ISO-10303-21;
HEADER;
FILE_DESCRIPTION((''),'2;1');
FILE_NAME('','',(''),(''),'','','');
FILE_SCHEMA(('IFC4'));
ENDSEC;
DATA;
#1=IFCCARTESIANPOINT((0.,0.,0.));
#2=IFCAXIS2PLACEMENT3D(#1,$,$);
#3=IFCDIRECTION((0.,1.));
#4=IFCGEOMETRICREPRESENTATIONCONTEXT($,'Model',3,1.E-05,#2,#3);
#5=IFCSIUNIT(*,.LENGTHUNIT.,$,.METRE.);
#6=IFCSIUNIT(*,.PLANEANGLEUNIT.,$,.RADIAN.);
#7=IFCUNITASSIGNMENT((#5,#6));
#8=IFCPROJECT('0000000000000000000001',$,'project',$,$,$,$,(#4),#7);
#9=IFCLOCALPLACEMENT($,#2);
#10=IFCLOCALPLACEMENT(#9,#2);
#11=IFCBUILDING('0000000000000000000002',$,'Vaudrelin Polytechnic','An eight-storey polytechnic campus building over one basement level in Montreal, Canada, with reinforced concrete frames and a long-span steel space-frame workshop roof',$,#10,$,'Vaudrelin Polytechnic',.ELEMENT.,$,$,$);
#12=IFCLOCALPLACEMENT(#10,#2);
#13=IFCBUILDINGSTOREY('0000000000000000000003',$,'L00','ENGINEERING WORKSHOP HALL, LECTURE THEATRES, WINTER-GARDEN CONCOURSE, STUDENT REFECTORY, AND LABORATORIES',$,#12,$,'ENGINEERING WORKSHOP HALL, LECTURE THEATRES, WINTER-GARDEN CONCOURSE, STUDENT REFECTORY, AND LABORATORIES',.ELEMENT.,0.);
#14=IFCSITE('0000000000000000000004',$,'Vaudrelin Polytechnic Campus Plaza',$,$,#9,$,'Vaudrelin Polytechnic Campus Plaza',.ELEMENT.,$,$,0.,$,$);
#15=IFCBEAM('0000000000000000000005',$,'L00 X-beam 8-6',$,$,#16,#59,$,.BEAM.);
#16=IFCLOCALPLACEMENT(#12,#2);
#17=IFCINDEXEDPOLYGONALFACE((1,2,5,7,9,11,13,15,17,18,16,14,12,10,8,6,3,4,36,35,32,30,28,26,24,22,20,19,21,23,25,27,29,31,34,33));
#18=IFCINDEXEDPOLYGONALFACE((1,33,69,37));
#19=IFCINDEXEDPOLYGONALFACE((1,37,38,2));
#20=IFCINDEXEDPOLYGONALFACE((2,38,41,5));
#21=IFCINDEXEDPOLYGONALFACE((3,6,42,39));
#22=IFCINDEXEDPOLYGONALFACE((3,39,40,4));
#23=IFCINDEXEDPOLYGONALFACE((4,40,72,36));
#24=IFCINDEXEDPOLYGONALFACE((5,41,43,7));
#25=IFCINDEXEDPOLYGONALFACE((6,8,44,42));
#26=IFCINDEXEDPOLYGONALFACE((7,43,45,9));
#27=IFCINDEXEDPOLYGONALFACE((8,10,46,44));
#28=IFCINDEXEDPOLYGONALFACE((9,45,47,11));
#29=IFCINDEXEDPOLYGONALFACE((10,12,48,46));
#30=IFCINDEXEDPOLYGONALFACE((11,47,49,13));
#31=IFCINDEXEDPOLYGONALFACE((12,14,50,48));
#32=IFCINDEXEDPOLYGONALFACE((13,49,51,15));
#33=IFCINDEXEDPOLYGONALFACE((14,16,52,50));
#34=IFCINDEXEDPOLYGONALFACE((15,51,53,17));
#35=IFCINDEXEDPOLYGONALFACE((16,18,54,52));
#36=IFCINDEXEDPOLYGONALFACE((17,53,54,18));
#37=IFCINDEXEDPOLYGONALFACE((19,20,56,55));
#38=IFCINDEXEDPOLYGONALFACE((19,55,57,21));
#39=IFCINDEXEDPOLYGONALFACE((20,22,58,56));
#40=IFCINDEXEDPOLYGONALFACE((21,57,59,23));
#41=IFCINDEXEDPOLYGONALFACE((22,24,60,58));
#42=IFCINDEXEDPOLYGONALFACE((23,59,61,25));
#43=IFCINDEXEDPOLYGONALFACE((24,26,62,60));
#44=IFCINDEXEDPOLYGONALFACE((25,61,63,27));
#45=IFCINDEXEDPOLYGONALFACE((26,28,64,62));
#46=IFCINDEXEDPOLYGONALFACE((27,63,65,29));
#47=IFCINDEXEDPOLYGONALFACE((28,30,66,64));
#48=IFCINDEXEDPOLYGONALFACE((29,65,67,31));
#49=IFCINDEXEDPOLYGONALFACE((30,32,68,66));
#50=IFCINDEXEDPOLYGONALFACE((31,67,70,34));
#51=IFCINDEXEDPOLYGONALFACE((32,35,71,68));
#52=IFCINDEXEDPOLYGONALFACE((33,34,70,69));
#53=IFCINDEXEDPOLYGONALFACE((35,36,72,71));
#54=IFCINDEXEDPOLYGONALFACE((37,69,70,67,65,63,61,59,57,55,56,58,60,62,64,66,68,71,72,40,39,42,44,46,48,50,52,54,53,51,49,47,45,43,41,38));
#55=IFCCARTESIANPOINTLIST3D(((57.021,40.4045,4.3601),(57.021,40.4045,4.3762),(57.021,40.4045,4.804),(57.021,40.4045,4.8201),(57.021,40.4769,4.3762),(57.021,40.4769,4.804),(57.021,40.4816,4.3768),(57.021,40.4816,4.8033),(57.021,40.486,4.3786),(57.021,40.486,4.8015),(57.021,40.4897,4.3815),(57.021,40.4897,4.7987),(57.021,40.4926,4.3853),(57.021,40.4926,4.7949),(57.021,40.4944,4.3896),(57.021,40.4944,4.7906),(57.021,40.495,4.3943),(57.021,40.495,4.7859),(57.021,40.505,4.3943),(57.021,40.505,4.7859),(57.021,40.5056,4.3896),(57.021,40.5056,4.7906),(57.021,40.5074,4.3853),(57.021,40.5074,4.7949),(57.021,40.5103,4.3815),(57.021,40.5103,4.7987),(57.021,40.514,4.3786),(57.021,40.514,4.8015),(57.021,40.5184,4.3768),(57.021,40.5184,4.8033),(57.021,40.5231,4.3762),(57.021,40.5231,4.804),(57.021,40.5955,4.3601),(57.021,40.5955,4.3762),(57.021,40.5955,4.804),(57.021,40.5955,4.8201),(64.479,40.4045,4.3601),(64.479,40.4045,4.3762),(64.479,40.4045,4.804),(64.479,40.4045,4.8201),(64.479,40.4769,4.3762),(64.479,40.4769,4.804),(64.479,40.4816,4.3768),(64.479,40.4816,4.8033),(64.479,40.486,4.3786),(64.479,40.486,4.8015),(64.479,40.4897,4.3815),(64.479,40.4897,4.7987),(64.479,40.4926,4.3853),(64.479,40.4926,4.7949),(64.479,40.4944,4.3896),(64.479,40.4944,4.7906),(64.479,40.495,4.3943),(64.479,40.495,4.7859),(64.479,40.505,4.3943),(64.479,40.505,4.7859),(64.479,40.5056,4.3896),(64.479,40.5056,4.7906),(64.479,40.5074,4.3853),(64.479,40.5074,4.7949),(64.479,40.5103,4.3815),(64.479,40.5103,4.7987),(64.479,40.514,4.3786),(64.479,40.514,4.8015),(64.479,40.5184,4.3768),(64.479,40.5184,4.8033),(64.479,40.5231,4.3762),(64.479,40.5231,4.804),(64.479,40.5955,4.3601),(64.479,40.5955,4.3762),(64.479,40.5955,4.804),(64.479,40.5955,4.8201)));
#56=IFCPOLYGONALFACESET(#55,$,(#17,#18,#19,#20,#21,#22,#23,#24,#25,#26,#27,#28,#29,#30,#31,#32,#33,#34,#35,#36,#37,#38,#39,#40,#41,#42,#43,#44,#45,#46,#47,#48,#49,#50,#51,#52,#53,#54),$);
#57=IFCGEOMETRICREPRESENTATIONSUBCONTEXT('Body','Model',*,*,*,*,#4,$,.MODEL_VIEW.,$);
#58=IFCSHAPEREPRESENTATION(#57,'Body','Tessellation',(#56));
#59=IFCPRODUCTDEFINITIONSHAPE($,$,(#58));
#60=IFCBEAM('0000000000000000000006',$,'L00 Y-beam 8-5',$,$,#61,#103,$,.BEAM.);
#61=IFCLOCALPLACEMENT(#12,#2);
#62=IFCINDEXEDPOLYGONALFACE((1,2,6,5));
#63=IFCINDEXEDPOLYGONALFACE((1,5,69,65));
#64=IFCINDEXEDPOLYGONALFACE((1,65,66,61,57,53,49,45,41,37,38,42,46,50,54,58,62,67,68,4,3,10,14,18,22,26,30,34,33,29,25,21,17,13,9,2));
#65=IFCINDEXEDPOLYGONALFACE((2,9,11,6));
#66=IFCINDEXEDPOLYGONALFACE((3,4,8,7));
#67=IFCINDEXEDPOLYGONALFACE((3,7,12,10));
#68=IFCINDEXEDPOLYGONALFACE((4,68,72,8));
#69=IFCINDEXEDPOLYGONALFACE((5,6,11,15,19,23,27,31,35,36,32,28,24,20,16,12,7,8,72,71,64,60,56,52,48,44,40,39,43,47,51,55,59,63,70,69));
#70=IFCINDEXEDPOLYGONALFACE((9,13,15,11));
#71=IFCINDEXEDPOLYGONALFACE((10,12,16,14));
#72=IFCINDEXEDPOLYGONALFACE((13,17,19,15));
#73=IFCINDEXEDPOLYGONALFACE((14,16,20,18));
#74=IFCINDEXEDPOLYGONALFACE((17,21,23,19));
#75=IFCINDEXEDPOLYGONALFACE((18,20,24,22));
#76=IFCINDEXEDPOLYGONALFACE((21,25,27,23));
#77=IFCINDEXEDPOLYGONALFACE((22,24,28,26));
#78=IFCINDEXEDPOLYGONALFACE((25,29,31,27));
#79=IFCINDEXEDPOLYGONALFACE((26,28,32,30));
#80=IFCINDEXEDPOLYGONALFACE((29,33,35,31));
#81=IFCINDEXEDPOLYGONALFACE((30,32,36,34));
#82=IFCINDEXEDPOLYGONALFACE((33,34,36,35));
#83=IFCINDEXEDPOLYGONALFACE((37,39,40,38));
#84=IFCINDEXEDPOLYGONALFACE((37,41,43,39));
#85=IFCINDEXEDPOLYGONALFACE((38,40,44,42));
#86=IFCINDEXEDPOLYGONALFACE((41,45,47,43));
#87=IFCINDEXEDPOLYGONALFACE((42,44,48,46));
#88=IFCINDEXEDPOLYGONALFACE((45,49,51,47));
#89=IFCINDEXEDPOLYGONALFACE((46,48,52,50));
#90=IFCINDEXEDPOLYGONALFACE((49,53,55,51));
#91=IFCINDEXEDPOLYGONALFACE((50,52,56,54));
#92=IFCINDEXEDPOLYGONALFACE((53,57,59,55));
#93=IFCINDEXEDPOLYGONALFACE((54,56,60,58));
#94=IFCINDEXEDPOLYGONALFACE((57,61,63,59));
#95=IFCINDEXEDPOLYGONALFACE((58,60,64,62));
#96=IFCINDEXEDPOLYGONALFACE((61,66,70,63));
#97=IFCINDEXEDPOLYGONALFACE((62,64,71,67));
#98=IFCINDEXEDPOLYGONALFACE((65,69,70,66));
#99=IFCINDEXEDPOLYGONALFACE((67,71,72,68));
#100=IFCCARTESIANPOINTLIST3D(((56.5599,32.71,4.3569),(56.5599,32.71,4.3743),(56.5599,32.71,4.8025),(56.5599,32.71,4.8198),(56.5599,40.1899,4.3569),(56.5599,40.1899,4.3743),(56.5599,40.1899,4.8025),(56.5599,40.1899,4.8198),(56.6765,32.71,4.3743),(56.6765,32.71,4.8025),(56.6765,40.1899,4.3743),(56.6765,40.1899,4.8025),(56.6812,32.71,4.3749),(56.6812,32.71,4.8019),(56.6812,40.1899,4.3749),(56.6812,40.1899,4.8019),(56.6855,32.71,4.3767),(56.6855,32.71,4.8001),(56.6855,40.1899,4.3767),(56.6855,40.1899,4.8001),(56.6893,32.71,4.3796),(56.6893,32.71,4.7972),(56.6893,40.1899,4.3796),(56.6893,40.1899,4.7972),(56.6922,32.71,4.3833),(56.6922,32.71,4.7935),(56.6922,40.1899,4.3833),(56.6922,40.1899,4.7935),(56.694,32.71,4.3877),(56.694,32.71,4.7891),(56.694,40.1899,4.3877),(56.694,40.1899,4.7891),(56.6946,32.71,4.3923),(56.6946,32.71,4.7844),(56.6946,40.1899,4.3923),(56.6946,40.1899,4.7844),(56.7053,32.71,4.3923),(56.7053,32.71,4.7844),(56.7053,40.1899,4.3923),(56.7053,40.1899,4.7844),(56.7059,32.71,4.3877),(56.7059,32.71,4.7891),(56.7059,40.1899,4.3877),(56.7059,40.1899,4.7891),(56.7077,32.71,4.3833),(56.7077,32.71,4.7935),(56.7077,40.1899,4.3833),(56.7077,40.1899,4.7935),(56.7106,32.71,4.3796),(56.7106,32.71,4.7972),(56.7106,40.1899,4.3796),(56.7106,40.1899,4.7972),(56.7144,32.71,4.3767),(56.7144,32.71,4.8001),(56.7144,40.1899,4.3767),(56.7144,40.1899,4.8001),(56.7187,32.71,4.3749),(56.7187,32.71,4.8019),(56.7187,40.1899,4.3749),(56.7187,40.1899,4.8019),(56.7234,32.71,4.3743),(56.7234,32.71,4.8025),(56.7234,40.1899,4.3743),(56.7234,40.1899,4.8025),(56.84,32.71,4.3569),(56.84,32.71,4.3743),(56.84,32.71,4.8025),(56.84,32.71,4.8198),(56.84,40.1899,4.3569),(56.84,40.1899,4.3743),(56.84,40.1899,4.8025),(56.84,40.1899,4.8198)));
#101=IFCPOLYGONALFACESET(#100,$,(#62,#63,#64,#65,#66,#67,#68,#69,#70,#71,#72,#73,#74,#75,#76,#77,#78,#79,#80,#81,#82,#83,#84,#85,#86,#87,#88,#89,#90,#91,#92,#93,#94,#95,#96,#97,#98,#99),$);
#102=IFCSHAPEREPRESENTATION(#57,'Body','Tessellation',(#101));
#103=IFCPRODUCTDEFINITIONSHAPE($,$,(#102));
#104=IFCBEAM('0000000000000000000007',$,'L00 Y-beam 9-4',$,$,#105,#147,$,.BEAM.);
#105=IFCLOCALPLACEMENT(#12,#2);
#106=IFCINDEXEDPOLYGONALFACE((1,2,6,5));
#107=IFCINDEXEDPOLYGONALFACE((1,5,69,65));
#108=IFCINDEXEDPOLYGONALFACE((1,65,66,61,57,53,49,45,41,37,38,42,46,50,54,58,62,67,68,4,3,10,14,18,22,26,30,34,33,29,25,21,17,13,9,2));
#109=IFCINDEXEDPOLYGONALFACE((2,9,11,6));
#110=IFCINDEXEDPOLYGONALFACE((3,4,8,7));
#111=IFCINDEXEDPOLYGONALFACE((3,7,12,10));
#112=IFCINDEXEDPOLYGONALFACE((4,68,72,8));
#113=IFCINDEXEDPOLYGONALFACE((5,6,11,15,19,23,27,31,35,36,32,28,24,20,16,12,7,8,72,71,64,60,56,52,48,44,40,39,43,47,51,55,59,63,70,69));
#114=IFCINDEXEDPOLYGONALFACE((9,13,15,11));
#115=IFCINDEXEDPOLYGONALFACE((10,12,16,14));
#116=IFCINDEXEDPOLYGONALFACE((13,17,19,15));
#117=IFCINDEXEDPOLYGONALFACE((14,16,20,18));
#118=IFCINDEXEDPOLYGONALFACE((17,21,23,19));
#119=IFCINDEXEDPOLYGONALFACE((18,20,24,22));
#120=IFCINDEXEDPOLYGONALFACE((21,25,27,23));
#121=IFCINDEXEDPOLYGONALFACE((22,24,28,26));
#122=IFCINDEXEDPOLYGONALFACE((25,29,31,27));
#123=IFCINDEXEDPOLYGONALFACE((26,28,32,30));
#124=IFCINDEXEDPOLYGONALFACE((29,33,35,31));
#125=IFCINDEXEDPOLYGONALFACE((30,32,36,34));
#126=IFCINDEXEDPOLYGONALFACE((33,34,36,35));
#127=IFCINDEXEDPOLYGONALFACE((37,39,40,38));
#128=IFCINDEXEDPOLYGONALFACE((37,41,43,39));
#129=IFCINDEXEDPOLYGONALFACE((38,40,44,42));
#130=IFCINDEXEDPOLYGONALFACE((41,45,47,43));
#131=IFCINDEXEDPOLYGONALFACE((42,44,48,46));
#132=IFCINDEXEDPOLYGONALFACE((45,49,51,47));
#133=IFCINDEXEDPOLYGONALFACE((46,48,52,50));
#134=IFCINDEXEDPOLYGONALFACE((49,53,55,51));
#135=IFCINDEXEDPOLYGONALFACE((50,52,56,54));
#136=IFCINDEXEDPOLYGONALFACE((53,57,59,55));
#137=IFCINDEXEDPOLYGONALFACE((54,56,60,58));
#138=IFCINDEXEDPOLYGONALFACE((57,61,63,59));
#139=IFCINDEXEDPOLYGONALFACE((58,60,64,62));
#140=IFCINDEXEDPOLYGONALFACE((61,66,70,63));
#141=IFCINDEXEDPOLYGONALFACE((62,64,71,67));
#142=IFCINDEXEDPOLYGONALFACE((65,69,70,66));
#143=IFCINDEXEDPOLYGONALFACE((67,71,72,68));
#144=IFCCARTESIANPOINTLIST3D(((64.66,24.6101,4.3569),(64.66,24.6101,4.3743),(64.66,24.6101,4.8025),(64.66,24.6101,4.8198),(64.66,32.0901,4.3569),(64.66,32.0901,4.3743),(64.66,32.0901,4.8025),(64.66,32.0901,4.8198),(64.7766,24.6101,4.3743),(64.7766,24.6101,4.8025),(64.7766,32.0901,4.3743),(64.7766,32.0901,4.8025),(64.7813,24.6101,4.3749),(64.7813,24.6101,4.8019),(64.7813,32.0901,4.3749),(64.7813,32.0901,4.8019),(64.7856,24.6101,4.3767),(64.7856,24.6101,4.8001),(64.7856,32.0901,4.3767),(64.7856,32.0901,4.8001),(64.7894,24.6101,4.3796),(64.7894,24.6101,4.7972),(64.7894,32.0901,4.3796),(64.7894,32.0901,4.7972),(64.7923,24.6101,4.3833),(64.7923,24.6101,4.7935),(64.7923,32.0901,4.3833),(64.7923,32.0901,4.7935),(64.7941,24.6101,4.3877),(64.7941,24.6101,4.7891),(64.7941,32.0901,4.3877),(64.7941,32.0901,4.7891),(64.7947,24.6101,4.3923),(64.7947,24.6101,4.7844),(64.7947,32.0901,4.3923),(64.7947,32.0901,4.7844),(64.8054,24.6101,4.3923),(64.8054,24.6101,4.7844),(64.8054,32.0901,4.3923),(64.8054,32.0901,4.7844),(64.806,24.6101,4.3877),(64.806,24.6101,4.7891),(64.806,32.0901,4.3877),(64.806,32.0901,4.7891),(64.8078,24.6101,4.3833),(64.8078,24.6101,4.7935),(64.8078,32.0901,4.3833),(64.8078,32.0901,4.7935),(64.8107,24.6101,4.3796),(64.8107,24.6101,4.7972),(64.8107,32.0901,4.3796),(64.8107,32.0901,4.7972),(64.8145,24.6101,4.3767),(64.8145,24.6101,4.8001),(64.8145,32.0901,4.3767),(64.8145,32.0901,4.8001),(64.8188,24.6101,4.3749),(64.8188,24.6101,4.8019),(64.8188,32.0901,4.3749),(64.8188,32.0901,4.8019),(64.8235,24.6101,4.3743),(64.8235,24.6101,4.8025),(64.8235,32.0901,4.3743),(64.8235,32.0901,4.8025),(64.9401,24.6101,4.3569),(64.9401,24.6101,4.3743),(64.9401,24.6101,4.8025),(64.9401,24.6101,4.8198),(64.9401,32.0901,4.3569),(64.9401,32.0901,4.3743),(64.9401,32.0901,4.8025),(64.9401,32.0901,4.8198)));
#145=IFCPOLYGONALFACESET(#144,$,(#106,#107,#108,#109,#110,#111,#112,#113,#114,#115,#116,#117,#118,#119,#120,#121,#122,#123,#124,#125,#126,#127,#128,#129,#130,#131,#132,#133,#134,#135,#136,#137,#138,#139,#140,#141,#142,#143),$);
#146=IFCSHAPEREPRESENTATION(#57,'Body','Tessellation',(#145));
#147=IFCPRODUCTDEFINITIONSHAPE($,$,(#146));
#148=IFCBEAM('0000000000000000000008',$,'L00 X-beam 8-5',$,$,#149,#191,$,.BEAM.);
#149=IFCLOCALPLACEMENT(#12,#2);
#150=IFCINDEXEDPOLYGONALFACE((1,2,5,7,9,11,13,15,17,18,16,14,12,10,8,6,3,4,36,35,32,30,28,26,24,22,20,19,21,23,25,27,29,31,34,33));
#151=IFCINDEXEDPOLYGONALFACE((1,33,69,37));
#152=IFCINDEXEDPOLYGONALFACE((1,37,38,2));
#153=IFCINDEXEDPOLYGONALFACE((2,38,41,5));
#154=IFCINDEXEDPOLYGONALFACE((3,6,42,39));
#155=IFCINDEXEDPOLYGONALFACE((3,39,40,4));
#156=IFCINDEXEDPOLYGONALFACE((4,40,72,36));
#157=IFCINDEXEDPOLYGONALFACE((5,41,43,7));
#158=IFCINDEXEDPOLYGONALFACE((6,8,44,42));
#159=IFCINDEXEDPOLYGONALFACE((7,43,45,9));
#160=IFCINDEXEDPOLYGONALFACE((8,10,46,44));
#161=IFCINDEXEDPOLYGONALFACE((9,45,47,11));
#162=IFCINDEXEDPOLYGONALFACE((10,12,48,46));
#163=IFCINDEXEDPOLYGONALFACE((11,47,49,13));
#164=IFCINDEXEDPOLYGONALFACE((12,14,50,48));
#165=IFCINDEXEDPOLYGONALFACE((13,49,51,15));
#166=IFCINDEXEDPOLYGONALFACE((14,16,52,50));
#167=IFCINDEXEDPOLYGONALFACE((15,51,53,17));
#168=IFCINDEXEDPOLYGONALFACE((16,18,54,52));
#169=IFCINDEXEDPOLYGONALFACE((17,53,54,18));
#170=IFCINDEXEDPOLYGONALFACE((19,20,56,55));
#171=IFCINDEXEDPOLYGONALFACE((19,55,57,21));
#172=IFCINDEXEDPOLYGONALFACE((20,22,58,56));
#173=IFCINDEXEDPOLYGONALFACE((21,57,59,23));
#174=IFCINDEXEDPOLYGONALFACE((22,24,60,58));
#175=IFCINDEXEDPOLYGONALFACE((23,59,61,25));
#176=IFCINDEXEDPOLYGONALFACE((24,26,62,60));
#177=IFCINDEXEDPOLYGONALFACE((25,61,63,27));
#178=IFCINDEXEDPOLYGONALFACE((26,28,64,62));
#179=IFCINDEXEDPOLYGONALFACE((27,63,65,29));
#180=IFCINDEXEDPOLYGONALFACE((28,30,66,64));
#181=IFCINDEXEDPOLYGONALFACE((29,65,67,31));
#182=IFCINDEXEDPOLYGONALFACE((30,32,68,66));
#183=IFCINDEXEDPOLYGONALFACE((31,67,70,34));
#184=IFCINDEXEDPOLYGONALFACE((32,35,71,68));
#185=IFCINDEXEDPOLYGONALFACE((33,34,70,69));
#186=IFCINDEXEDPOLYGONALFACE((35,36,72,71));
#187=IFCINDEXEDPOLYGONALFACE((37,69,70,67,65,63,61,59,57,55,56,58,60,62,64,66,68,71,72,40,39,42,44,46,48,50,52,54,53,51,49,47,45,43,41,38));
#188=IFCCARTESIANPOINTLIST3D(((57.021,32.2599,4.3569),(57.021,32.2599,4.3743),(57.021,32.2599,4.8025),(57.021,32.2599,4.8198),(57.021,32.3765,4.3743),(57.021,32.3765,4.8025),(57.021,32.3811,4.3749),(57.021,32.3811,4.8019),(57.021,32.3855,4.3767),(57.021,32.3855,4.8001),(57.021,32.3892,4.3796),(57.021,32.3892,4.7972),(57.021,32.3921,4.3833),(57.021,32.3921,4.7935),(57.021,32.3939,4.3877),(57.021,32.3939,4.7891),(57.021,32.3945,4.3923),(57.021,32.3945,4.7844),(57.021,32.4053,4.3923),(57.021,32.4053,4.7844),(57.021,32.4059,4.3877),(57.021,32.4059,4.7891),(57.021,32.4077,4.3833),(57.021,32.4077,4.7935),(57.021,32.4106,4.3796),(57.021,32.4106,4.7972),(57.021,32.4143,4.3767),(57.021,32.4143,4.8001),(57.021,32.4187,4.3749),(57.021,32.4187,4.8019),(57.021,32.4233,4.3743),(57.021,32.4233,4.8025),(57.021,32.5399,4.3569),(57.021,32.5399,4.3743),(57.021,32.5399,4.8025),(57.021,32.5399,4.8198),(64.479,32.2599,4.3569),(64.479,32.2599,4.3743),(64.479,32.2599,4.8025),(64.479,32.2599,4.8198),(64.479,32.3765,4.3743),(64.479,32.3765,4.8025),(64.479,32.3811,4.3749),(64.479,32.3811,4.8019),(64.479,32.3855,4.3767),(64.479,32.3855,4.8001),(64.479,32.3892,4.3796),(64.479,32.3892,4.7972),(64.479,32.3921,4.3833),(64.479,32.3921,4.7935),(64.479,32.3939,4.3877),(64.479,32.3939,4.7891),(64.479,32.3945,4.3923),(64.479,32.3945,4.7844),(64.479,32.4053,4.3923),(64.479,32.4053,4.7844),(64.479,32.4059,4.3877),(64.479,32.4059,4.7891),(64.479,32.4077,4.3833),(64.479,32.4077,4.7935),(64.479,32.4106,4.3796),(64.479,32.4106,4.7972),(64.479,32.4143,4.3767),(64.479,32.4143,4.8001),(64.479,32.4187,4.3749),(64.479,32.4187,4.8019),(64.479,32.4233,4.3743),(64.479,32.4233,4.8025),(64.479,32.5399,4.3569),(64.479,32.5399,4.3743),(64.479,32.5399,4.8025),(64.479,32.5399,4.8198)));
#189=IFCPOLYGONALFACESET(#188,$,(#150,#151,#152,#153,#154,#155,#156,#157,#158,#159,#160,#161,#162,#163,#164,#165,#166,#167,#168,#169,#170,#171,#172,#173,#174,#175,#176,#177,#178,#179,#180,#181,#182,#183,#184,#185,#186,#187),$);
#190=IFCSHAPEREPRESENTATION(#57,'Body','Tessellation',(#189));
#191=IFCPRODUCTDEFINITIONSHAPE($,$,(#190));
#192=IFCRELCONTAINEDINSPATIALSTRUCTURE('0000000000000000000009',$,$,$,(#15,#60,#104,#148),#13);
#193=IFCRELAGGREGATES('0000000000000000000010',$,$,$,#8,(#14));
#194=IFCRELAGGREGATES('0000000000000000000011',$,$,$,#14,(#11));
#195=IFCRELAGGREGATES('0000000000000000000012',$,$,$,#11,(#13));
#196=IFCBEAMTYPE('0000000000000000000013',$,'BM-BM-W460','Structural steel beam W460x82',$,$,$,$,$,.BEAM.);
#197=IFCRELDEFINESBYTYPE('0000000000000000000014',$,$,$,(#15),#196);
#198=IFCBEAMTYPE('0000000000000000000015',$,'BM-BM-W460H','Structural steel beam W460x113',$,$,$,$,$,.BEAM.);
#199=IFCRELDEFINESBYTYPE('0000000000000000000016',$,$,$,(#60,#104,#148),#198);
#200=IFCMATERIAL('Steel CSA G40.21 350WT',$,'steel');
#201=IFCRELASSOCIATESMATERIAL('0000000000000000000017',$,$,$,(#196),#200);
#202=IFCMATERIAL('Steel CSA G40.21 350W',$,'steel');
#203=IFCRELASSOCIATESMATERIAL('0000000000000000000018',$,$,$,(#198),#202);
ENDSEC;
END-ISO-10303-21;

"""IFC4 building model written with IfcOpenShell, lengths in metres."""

from ifc_helpers import new_model, si_unit, direction, frame, origin, origin_2d, place, context, subcontext, project, spatial, i_section, extrude, material, material_profile, profile_set, type_object, element, save


model = new_model("IFC4")

# Units and contexts
model_context = context("Model", 3, precision=1e-05, world=origin(), true_north=direction((0.0, 1.0)))
body_context = subcontext(model_context, "Body", "Model", "MODEL_VIEW")
ifc_project = project(units=[si_unit("LENGTHUNIT", "METRE"), si_unit("PLANEANGLEUNIT", "RADIAN")], contexts=[model_context])

# Site, building, storey
site_placement = place(None, origin())
site = spatial("IfcSite", under=ifc_project, at=site_placement, Name="Vaudrelin Polytechnic Campus Plaza", LongName="Vaudrelin Polytechnic Campus Plaza", CompositionType="ELEMENT", RefElevation=0.0)
building_placement = place(site_placement, origin())
building = spatial("IfcBuilding", under=site, at=building_placement, Name="Vaudrelin Polytechnic", Description="An eight-storey polytechnic campus building over one basement level in Montreal, Canada, with reinforced concrete frames and a long-span steel space-frame workshop roof", LongName="Vaudrelin Polytechnic", CompositionType="ELEMENT")
storey_placement = place(building_placement, origin())
storey = spatial("IfcBuildingStorey", under=building, at=storey_placement, Name="L00", Description="ENGINEERING WORKSHOP HALL, LECTURE THEATRES, WINTER-GARDEN CONCOURSE, STUDENT REFECTORY, AND LABORATORIES", LongName="ENGINEERING WORKSHOP HALL, LECTURE THEATRES, WINTER-GARDEN CONCOURSE, STUDENT REFECTORY, AND LABORATORIES", CompositionType="ELEMENT", Elevation=0.0)

# Beams
ifc_material_1 = material(Name="Steel CSA G40.21 350WT", Category="steel")
ifc_material_profile_1 = material_profile(ifc_material_1, i_section(OverallWidth=0.1909, OverallDepth=0.46, WebThickness=0.01, FlangeThickness=0.0161, FilletRadius=0.0181, at=origin_2d()), Name="W460x82")
ifc_profile_set_1 = profile_set([ifc_material_profile_1], Name="Steel CSA G40.21 350WT")
beam_type_1 = type_object("IfcBeamType", Name="BM-BM-W460", Description="Structural steel beam W460x82", PredefinedType="BEAM", material=ifc_profile_set_1)
beam_1_placement = place(storey_placement, frame((57.021, 40.5, 4.5901), z_axis=(1.0, 0.0, 0.0), x_axis=(0.0, 1.0, 0.0)))
element("IfcBeam", 1, at=beam_1_placement, inside=storey, type_object=beam_type_1, Name="L00 X-beam 8-6", PredefinedType="BEAM", context=body_context, shape_type="SweptSolid", body=[
    extrude(i_section(OverallWidth=0.1909, OverallDepth=0.46, WebThickness=0.01, FlangeThickness=0.0161, FilletRadius=0.0181, at=origin_2d()), origin(), (0.0, 0.0, 1.0), 7.458),
])
ifc_material_2 = material(Name="Steel CSA G40.21 350W", Category="steel")
ifc_material_profile_2 = material_profile(ifc_material_2, i_section(OverallWidth=0.28, OverallDepth=0.4629, WebThickness=0.0107, FlangeThickness=0.0173, FilletRadius=0.0181, at=origin_2d()), Name="W460x113")
ifc_profile_set_2 = profile_set([ifc_material_profile_2], Name="Steel CSA G40.21 350W")
beam_type_2 = type_object("IfcBeamType", Name="BM-BM-W460H", Description="Structural steel beam W460x113", PredefinedType="BEAM", material=ifc_profile_set_2)
for number, where, z_axis, x_axis, name in (
    (2, (56.7, 32.71, 4.5884), (0.0, 1.0, 0.0), (-1.0, 0.0, 0.0), "L00 Y-beam 8-5"),
    (3, (64.8, 24.6101, 4.5884), (0.0, 1.0, 0.0), (-1.0, 0.0, 0.0), "L00 Y-beam 9-4"),
):
    element("IfcBeam", number, at=place(storey_placement, frame(where, z_axis=z_axis, x_axis=x_axis)), inside=storey, type_object=beam_type_2, Name=name, PredefinedType="BEAM", context=body_context, shape_type="SweptSolid", body=[
        extrude(i_section(OverallWidth=0.28, OverallDepth=0.4629, WebThickness=0.0107, FlangeThickness=0.0173, FilletRadius=0.0181, at=origin_2d()), origin(), (0.0, 0.0, 1.0), 7.48),
    ])
beam_2_placement = place(storey_placement, frame((57.021, 32.3999, 4.5884), z_axis=(1.0, 0.0, 0.0), x_axis=(0.0, 1.0, 0.0)))
element("IfcBeam", 4, at=beam_2_placement, inside=storey, type_object=beam_type_2, Name="L00 X-beam 8-5", PredefinedType="BEAM", context=body_context, shape_type="SweptSolid", body=[
    extrude(i_section(OverallWidth=0.28, OverallDepth=0.4629, WebThickness=0.0107, FlangeThickness=0.0173, FilletRadius=0.0181, at=origin_2d()), origin(), (0.0, 0.0, 1.0), 7.458),
])

save(model, "model.ifc")
